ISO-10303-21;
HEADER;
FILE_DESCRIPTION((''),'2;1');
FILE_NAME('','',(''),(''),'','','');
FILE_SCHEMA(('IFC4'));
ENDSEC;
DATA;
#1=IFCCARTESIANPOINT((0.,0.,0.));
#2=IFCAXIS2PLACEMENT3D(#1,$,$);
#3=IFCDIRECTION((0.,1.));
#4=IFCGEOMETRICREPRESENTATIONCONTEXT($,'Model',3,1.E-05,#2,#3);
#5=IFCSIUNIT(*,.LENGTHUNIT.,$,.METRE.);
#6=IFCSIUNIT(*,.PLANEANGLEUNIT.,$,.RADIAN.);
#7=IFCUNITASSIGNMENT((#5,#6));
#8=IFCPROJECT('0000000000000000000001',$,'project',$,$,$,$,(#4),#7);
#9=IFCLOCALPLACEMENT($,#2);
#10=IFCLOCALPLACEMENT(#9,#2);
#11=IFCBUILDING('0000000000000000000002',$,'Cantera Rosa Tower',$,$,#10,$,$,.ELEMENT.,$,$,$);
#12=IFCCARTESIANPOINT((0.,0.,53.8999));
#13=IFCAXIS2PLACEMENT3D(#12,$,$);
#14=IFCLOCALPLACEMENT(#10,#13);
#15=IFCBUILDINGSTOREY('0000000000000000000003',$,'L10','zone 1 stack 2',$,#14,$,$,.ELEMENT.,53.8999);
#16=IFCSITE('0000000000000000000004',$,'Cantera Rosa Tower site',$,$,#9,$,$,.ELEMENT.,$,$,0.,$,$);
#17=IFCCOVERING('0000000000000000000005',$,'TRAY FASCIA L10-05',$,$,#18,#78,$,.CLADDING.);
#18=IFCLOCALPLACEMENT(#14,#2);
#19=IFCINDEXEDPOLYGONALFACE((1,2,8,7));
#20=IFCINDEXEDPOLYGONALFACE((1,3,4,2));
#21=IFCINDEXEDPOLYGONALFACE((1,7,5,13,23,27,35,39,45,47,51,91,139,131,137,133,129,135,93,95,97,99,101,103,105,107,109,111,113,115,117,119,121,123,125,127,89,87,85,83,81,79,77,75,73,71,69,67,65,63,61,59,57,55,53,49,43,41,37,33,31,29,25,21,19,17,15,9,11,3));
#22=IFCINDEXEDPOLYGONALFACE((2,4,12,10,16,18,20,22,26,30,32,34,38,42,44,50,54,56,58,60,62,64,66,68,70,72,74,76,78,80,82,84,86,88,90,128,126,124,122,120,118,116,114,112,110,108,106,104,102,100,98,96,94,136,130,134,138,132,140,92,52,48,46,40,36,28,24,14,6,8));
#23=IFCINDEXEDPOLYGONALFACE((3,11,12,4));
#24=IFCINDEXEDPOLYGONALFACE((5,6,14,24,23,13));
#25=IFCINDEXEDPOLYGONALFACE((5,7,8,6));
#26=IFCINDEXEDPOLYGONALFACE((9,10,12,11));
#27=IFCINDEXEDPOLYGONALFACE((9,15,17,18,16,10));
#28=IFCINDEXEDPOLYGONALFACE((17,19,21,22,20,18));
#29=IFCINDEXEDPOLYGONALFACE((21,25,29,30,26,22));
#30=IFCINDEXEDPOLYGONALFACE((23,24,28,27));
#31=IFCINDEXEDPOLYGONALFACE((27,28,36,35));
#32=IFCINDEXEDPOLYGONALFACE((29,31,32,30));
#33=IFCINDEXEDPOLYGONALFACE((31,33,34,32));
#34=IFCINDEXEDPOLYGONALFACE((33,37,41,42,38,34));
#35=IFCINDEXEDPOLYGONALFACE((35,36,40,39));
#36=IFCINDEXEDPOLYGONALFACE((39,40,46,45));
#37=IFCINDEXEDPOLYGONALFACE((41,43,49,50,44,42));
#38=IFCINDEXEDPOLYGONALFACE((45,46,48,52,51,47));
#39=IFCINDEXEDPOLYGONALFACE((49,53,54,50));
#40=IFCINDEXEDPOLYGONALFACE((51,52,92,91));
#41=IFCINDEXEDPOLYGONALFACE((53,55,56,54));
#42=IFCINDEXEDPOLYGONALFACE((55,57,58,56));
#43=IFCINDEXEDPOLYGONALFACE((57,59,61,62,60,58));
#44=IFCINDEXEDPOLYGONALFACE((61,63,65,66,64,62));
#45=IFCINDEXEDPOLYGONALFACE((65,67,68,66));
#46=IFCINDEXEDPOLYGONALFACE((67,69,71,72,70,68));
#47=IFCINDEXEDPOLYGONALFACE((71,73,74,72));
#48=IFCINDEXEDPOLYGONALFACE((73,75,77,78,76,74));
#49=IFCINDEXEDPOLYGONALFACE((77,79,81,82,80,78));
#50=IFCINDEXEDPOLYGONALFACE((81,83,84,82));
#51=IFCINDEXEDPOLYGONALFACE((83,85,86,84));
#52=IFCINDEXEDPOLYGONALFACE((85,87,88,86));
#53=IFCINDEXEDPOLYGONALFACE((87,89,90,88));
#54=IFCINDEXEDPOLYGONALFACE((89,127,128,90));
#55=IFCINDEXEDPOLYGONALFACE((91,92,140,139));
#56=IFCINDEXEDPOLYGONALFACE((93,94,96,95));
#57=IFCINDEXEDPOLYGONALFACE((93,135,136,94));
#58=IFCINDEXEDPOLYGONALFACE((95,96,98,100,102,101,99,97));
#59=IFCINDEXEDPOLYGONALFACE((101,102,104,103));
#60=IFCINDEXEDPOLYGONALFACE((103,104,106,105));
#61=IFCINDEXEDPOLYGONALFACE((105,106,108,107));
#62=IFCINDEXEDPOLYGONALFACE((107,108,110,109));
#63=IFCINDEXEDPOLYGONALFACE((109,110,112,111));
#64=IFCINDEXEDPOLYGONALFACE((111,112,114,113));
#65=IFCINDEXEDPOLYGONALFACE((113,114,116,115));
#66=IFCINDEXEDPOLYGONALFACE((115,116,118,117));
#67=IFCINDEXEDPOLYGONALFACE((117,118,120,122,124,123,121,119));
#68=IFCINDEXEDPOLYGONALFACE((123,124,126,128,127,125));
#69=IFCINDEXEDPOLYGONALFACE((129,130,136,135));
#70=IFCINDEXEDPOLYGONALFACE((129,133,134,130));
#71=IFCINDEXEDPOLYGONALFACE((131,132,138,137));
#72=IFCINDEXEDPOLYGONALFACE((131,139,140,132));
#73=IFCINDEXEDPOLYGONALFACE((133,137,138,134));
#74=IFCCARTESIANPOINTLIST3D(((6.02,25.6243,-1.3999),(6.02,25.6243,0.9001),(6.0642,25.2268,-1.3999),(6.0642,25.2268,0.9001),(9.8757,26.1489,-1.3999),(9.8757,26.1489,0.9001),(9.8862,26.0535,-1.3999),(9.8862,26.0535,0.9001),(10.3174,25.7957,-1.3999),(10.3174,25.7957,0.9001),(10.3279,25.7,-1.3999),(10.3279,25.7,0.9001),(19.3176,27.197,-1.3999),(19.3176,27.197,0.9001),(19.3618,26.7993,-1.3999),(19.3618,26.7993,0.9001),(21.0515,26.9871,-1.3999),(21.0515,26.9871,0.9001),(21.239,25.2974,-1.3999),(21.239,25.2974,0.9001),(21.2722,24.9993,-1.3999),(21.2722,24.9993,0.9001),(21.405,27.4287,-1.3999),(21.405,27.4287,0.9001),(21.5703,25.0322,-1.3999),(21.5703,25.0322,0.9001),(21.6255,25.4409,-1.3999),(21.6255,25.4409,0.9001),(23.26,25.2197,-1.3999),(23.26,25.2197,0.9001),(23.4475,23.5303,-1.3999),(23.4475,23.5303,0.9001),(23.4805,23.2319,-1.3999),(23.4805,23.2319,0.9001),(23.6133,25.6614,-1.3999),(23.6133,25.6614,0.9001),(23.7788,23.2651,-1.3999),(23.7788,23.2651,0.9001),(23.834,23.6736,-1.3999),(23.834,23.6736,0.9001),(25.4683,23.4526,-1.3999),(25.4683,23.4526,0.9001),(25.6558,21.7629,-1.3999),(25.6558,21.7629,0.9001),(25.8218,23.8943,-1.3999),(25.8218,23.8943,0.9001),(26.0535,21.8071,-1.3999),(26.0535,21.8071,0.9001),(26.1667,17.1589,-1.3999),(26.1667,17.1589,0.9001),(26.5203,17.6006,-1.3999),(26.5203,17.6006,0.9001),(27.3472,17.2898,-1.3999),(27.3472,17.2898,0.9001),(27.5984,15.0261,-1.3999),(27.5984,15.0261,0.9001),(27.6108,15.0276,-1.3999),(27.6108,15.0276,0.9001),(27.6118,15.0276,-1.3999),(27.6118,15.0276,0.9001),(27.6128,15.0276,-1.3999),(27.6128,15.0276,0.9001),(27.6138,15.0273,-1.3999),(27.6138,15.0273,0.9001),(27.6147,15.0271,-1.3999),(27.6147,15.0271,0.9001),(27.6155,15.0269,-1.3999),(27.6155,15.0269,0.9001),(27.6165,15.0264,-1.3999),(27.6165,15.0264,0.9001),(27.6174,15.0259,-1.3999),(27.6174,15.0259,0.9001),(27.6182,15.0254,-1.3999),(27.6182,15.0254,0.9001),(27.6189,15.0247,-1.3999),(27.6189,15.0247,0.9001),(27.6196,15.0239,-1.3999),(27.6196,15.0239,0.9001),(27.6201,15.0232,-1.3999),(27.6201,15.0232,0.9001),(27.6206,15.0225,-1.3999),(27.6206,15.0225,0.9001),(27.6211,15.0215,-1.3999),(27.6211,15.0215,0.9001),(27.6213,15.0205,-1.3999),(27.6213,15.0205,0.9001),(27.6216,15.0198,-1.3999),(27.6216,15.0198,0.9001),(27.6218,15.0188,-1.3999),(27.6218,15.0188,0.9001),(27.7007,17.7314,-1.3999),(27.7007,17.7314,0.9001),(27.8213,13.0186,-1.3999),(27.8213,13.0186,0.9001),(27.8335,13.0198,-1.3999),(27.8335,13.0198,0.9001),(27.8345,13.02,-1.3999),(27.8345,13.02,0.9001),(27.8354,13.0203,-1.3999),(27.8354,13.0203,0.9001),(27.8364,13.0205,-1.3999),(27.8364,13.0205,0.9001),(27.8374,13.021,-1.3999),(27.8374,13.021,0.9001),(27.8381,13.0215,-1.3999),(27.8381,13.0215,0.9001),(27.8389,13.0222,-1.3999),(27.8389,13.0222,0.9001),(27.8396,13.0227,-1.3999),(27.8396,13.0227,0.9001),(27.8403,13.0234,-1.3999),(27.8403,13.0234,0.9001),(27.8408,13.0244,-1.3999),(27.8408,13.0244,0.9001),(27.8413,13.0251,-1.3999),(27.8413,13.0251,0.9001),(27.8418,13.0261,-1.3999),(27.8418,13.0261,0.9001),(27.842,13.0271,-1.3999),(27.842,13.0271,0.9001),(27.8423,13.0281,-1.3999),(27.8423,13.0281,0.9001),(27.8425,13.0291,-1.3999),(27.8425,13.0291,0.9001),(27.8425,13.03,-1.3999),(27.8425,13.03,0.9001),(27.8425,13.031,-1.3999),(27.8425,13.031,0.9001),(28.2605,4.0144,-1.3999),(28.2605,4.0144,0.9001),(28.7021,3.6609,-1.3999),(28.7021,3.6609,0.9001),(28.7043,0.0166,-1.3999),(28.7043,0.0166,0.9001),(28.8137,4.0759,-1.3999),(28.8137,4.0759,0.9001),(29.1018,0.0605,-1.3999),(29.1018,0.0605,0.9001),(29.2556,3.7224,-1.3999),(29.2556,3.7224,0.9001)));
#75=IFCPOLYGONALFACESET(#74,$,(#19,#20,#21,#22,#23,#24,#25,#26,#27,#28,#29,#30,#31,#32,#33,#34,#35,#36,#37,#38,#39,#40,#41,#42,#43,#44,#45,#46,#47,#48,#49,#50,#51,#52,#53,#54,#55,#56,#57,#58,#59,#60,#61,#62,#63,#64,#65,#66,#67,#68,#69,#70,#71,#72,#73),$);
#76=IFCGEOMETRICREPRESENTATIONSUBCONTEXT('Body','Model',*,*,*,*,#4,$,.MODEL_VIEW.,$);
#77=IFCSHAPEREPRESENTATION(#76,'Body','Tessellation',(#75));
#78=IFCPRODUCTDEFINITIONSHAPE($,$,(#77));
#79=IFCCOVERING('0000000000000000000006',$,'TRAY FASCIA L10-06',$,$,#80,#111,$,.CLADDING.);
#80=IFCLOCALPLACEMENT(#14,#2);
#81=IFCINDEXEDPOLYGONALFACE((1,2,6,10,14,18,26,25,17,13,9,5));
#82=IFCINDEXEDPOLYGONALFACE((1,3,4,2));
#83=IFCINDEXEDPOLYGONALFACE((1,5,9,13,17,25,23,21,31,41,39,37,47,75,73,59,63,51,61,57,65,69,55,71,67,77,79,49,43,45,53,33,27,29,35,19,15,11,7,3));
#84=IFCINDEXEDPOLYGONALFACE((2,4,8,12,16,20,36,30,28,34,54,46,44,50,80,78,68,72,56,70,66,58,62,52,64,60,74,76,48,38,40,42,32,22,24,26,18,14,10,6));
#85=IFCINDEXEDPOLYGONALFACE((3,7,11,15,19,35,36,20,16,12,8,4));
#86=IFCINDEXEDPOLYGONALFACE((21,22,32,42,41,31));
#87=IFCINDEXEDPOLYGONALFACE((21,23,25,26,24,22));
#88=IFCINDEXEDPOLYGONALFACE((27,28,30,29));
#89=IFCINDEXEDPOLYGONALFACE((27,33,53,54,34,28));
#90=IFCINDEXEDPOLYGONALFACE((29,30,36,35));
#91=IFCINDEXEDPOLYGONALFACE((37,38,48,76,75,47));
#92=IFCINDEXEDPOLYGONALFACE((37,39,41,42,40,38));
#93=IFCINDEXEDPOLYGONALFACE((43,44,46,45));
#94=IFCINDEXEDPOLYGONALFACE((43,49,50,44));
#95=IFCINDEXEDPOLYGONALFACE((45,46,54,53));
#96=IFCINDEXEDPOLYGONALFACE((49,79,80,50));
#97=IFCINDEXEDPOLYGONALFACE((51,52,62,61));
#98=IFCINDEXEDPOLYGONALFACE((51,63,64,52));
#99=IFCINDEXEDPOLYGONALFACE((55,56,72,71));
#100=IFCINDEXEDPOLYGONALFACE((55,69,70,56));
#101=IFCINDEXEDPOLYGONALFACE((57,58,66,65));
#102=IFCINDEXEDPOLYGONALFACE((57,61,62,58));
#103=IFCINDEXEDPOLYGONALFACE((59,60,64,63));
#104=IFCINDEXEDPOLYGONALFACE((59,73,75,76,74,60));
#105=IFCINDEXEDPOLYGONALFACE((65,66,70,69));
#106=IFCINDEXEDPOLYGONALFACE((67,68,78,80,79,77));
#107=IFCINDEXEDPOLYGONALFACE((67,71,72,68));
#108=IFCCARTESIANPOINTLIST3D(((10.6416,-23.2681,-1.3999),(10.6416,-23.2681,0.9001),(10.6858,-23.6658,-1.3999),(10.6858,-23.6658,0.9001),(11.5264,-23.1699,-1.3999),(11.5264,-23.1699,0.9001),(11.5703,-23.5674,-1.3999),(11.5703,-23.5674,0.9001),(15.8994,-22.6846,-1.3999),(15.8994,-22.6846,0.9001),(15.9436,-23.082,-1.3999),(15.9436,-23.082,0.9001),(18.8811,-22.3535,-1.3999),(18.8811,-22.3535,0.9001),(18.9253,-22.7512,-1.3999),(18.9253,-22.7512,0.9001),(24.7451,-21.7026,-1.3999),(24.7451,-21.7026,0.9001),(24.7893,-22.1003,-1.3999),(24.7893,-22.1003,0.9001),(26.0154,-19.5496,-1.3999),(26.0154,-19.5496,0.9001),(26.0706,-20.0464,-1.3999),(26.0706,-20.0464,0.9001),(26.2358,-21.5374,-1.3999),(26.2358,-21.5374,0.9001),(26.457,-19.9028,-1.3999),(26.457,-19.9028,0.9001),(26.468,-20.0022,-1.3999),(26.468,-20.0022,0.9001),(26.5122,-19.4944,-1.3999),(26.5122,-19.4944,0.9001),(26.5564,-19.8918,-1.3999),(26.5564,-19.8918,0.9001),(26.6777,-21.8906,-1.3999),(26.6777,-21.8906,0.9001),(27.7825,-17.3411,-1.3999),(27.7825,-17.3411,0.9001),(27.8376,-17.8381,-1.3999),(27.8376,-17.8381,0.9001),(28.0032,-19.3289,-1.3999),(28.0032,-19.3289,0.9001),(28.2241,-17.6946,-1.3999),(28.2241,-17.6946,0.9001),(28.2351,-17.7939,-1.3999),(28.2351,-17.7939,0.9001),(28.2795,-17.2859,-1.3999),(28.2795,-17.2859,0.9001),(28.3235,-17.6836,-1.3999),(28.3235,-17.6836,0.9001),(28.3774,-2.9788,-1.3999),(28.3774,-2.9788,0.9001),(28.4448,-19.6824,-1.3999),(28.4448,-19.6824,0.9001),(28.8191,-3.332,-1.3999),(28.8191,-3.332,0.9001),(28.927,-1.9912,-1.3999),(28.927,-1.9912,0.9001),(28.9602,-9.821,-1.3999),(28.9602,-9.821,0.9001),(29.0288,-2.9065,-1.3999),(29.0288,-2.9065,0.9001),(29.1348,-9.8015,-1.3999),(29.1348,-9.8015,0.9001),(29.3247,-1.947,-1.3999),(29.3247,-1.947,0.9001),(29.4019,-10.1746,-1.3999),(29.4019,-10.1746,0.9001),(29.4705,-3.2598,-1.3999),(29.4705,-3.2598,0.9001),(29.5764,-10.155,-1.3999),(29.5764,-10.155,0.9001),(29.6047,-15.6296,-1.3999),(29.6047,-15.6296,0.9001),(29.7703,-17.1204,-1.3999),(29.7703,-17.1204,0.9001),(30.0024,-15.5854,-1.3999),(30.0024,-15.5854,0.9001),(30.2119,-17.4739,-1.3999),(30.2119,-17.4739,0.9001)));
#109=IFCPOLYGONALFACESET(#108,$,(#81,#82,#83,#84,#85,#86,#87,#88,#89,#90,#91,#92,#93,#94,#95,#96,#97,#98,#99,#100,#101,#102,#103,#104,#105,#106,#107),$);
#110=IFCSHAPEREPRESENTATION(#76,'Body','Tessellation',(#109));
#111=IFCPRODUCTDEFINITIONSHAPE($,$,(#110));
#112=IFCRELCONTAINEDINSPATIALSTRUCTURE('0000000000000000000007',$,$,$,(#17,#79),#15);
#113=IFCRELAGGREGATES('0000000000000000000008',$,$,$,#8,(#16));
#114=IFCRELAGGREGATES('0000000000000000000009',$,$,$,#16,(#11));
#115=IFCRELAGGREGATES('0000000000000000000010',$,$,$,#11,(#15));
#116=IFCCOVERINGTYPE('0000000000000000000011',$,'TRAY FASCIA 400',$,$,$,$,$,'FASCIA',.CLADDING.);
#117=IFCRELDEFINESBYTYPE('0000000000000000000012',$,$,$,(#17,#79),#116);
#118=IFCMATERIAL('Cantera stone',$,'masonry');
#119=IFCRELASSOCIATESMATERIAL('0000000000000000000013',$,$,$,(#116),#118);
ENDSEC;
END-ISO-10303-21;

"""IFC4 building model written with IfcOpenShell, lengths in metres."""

from ifc_helpers import new_model, si_unit, direction, frame, origin, place, context, subcontext, project, spatial, polyline, outline, extrude, material, type_object, element, save


model = new_model("IFC4")

# Units and contexts
model_context = context("Model", 3, precision=1e-05, world=origin(), true_north=direction((0.0, 1.0)))
body_context = subcontext(model_context, "Body", "Model", "MODEL_VIEW")
ifc_project = project(units=[si_unit("LENGTHUNIT", "METRE"), si_unit("PLANEANGLEUNIT", "RADIAN")], contexts=[model_context])

# Site, building, storey
site_placement = place(None, origin())
site = spatial("IfcSite", under=ifc_project, at=site_placement, Name="Cantera Rosa Tower site", CompositionType="ELEMENT", RefElevation=0.0)
building_placement = place(site_placement, origin())
building = spatial("IfcBuilding", under=site, at=building_placement, Name="Cantera Rosa Tower", CompositionType="ELEMENT")
storey_placement = place(building_placement, frame((0.0, 0.0, 53.8999)))
storey = spatial("IfcBuildingStorey", under=building, at=storey_placement, Name="L10", Description="zone 1 stack 2", CompositionType="ELEMENT", Elevation=53.8999)

# Coverings
ifc_material_1 = material(Name="Cantera stone", Category="masonry")
covering_type_1 = type_object("IfcCoveringType", Name="TRAY FASCIA 400", ElementType="FASCIA", PredefinedType="CLADDING", material=ifc_material_1)
covering_1_placement = place(storey_placement, frame((0.0, 0.0, -1.3999)))
element("IfcCovering", 1, at=covering_1_placement, inside=storey, type_object=covering_type_1, Name="TRAY FASCIA L10-05", PredefinedType="CLADDING", context=body_context, shape_type="SweptSolid", body=[
    extrude(outline(polyline([(9.8862, 26.0535), (9.8757, 26.1489), (19.3176, 27.197), (21.405, 27.4287), (21.6255, 25.4409), (23.6133, 25.6614), (23.834, 23.6736), (25.8218, 23.8943), (26.0535, 21.8071), (26.5203, 17.6006), (27.7007, 17.7314), (29.2556, 3.7224), (28.7021, 3.6609), (29.1018, 0.0605), (28.7043, 0.0166), (28.2605, 4.0144), (28.8137, 4.0759), (27.8213, 13.0186), (27.8335, 13.0198), (27.8345, 13.02), (27.8354, 13.0203), (27.8364, 13.0205), (27.8374, 13.021), (27.8381, 13.0215), (27.8389, 13.0222), (27.8396, 13.0227), (27.8403, 13.0234), (27.8408, 13.0244), (27.8413, 13.0251), (27.8418, 13.0261), (27.842, 13.0271), (27.8423, 13.0281), (27.8425, 13.0291), (27.8425, 13.03), (27.8425, 13.031), (27.6218, 15.0188), (27.6216, 15.0198), (27.6213, 15.0205), (27.6211, 15.0215), (27.6206, 15.0225), (27.6201, 15.0232), (27.6196, 15.0239), (27.6189, 15.0247), (27.6182, 15.0254), (27.6174, 15.0259), (27.6165, 15.0264), (27.6155, 15.0269), (27.6147, 15.0271), (27.6138, 15.0273), (27.6128, 15.0276), (27.6118, 15.0276), (27.6108, 15.0276), (27.5984, 15.0261), (27.3472, 17.2898), (26.1667, 17.1589), (25.6558, 21.7629), (25.4683, 23.4526), (23.7788, 23.2651), (23.4805, 23.2319), (23.4475, 23.5303), (23.26, 25.2197), (21.5703, 25.0322), (21.2722, 24.9993), (21.239, 25.2974), (21.0515, 26.9871), (19.3618, 26.7993), (10.3174, 25.7957), (10.3279, 25.7), (6.0642, 25.2268), (6.02, 25.6243), (9.8862, 26.0535)])), origin(), (0.0, 0.0, 1.0), 2.3),
])
covering_2_placement = place(storey_placement, frame((0.0, 0.0, -1.3999)))
element("IfcCovering", 2, at=covering_2_placement, inside=storey, type_object=covering_type_1, Name="TRAY FASCIA L10-06", PredefinedType="CLADDING", context=body_context, shape_type="SweptSolid", body=[
    extrude(outline(polyline([(29.4705, -3.2598), (28.8191, -3.332), (29.5764, -10.155), (29.4019, -10.1746), (30.0024, -15.5854), (30.2119, -17.4739), (28.3235, -17.6836), (28.2241, -17.6946), (28.2351, -17.7939), (28.4448, -19.6824), (26.5564, -19.8918), (26.457, -19.9028), (26.468, -20.0022), (26.6777, -21.8906), (24.7893, -22.1003), (18.9253, -22.7512), (15.9436, -23.082), (11.5703, -23.5674), (10.6858, -23.6658), (10.6416, -23.2681), (11.5264, -23.1699), (15.8994, -22.6846), (18.8811, -22.3535), (24.7451, -21.7026), (26.2358, -21.5374), (26.0706, -20.0464), (26.0154, -19.5496), (26.5122, -19.4944), (28.0032, -19.3289), (27.8376, -17.8381), (27.7825, -17.3411), (28.2795, -17.2859), (29.7703, -17.1204), (29.6047, -15.6296), (28.9602, -9.821), (29.1348, -9.8015), (28.3774, -2.9788), (29.0288, -2.9065), (28.927, -1.9912), (29.3247, -1.947), (29.4705, -3.2598)])), origin(), (0.0, 0.0, 1.0), 2.3),
])

save(model, "model.ifc")
